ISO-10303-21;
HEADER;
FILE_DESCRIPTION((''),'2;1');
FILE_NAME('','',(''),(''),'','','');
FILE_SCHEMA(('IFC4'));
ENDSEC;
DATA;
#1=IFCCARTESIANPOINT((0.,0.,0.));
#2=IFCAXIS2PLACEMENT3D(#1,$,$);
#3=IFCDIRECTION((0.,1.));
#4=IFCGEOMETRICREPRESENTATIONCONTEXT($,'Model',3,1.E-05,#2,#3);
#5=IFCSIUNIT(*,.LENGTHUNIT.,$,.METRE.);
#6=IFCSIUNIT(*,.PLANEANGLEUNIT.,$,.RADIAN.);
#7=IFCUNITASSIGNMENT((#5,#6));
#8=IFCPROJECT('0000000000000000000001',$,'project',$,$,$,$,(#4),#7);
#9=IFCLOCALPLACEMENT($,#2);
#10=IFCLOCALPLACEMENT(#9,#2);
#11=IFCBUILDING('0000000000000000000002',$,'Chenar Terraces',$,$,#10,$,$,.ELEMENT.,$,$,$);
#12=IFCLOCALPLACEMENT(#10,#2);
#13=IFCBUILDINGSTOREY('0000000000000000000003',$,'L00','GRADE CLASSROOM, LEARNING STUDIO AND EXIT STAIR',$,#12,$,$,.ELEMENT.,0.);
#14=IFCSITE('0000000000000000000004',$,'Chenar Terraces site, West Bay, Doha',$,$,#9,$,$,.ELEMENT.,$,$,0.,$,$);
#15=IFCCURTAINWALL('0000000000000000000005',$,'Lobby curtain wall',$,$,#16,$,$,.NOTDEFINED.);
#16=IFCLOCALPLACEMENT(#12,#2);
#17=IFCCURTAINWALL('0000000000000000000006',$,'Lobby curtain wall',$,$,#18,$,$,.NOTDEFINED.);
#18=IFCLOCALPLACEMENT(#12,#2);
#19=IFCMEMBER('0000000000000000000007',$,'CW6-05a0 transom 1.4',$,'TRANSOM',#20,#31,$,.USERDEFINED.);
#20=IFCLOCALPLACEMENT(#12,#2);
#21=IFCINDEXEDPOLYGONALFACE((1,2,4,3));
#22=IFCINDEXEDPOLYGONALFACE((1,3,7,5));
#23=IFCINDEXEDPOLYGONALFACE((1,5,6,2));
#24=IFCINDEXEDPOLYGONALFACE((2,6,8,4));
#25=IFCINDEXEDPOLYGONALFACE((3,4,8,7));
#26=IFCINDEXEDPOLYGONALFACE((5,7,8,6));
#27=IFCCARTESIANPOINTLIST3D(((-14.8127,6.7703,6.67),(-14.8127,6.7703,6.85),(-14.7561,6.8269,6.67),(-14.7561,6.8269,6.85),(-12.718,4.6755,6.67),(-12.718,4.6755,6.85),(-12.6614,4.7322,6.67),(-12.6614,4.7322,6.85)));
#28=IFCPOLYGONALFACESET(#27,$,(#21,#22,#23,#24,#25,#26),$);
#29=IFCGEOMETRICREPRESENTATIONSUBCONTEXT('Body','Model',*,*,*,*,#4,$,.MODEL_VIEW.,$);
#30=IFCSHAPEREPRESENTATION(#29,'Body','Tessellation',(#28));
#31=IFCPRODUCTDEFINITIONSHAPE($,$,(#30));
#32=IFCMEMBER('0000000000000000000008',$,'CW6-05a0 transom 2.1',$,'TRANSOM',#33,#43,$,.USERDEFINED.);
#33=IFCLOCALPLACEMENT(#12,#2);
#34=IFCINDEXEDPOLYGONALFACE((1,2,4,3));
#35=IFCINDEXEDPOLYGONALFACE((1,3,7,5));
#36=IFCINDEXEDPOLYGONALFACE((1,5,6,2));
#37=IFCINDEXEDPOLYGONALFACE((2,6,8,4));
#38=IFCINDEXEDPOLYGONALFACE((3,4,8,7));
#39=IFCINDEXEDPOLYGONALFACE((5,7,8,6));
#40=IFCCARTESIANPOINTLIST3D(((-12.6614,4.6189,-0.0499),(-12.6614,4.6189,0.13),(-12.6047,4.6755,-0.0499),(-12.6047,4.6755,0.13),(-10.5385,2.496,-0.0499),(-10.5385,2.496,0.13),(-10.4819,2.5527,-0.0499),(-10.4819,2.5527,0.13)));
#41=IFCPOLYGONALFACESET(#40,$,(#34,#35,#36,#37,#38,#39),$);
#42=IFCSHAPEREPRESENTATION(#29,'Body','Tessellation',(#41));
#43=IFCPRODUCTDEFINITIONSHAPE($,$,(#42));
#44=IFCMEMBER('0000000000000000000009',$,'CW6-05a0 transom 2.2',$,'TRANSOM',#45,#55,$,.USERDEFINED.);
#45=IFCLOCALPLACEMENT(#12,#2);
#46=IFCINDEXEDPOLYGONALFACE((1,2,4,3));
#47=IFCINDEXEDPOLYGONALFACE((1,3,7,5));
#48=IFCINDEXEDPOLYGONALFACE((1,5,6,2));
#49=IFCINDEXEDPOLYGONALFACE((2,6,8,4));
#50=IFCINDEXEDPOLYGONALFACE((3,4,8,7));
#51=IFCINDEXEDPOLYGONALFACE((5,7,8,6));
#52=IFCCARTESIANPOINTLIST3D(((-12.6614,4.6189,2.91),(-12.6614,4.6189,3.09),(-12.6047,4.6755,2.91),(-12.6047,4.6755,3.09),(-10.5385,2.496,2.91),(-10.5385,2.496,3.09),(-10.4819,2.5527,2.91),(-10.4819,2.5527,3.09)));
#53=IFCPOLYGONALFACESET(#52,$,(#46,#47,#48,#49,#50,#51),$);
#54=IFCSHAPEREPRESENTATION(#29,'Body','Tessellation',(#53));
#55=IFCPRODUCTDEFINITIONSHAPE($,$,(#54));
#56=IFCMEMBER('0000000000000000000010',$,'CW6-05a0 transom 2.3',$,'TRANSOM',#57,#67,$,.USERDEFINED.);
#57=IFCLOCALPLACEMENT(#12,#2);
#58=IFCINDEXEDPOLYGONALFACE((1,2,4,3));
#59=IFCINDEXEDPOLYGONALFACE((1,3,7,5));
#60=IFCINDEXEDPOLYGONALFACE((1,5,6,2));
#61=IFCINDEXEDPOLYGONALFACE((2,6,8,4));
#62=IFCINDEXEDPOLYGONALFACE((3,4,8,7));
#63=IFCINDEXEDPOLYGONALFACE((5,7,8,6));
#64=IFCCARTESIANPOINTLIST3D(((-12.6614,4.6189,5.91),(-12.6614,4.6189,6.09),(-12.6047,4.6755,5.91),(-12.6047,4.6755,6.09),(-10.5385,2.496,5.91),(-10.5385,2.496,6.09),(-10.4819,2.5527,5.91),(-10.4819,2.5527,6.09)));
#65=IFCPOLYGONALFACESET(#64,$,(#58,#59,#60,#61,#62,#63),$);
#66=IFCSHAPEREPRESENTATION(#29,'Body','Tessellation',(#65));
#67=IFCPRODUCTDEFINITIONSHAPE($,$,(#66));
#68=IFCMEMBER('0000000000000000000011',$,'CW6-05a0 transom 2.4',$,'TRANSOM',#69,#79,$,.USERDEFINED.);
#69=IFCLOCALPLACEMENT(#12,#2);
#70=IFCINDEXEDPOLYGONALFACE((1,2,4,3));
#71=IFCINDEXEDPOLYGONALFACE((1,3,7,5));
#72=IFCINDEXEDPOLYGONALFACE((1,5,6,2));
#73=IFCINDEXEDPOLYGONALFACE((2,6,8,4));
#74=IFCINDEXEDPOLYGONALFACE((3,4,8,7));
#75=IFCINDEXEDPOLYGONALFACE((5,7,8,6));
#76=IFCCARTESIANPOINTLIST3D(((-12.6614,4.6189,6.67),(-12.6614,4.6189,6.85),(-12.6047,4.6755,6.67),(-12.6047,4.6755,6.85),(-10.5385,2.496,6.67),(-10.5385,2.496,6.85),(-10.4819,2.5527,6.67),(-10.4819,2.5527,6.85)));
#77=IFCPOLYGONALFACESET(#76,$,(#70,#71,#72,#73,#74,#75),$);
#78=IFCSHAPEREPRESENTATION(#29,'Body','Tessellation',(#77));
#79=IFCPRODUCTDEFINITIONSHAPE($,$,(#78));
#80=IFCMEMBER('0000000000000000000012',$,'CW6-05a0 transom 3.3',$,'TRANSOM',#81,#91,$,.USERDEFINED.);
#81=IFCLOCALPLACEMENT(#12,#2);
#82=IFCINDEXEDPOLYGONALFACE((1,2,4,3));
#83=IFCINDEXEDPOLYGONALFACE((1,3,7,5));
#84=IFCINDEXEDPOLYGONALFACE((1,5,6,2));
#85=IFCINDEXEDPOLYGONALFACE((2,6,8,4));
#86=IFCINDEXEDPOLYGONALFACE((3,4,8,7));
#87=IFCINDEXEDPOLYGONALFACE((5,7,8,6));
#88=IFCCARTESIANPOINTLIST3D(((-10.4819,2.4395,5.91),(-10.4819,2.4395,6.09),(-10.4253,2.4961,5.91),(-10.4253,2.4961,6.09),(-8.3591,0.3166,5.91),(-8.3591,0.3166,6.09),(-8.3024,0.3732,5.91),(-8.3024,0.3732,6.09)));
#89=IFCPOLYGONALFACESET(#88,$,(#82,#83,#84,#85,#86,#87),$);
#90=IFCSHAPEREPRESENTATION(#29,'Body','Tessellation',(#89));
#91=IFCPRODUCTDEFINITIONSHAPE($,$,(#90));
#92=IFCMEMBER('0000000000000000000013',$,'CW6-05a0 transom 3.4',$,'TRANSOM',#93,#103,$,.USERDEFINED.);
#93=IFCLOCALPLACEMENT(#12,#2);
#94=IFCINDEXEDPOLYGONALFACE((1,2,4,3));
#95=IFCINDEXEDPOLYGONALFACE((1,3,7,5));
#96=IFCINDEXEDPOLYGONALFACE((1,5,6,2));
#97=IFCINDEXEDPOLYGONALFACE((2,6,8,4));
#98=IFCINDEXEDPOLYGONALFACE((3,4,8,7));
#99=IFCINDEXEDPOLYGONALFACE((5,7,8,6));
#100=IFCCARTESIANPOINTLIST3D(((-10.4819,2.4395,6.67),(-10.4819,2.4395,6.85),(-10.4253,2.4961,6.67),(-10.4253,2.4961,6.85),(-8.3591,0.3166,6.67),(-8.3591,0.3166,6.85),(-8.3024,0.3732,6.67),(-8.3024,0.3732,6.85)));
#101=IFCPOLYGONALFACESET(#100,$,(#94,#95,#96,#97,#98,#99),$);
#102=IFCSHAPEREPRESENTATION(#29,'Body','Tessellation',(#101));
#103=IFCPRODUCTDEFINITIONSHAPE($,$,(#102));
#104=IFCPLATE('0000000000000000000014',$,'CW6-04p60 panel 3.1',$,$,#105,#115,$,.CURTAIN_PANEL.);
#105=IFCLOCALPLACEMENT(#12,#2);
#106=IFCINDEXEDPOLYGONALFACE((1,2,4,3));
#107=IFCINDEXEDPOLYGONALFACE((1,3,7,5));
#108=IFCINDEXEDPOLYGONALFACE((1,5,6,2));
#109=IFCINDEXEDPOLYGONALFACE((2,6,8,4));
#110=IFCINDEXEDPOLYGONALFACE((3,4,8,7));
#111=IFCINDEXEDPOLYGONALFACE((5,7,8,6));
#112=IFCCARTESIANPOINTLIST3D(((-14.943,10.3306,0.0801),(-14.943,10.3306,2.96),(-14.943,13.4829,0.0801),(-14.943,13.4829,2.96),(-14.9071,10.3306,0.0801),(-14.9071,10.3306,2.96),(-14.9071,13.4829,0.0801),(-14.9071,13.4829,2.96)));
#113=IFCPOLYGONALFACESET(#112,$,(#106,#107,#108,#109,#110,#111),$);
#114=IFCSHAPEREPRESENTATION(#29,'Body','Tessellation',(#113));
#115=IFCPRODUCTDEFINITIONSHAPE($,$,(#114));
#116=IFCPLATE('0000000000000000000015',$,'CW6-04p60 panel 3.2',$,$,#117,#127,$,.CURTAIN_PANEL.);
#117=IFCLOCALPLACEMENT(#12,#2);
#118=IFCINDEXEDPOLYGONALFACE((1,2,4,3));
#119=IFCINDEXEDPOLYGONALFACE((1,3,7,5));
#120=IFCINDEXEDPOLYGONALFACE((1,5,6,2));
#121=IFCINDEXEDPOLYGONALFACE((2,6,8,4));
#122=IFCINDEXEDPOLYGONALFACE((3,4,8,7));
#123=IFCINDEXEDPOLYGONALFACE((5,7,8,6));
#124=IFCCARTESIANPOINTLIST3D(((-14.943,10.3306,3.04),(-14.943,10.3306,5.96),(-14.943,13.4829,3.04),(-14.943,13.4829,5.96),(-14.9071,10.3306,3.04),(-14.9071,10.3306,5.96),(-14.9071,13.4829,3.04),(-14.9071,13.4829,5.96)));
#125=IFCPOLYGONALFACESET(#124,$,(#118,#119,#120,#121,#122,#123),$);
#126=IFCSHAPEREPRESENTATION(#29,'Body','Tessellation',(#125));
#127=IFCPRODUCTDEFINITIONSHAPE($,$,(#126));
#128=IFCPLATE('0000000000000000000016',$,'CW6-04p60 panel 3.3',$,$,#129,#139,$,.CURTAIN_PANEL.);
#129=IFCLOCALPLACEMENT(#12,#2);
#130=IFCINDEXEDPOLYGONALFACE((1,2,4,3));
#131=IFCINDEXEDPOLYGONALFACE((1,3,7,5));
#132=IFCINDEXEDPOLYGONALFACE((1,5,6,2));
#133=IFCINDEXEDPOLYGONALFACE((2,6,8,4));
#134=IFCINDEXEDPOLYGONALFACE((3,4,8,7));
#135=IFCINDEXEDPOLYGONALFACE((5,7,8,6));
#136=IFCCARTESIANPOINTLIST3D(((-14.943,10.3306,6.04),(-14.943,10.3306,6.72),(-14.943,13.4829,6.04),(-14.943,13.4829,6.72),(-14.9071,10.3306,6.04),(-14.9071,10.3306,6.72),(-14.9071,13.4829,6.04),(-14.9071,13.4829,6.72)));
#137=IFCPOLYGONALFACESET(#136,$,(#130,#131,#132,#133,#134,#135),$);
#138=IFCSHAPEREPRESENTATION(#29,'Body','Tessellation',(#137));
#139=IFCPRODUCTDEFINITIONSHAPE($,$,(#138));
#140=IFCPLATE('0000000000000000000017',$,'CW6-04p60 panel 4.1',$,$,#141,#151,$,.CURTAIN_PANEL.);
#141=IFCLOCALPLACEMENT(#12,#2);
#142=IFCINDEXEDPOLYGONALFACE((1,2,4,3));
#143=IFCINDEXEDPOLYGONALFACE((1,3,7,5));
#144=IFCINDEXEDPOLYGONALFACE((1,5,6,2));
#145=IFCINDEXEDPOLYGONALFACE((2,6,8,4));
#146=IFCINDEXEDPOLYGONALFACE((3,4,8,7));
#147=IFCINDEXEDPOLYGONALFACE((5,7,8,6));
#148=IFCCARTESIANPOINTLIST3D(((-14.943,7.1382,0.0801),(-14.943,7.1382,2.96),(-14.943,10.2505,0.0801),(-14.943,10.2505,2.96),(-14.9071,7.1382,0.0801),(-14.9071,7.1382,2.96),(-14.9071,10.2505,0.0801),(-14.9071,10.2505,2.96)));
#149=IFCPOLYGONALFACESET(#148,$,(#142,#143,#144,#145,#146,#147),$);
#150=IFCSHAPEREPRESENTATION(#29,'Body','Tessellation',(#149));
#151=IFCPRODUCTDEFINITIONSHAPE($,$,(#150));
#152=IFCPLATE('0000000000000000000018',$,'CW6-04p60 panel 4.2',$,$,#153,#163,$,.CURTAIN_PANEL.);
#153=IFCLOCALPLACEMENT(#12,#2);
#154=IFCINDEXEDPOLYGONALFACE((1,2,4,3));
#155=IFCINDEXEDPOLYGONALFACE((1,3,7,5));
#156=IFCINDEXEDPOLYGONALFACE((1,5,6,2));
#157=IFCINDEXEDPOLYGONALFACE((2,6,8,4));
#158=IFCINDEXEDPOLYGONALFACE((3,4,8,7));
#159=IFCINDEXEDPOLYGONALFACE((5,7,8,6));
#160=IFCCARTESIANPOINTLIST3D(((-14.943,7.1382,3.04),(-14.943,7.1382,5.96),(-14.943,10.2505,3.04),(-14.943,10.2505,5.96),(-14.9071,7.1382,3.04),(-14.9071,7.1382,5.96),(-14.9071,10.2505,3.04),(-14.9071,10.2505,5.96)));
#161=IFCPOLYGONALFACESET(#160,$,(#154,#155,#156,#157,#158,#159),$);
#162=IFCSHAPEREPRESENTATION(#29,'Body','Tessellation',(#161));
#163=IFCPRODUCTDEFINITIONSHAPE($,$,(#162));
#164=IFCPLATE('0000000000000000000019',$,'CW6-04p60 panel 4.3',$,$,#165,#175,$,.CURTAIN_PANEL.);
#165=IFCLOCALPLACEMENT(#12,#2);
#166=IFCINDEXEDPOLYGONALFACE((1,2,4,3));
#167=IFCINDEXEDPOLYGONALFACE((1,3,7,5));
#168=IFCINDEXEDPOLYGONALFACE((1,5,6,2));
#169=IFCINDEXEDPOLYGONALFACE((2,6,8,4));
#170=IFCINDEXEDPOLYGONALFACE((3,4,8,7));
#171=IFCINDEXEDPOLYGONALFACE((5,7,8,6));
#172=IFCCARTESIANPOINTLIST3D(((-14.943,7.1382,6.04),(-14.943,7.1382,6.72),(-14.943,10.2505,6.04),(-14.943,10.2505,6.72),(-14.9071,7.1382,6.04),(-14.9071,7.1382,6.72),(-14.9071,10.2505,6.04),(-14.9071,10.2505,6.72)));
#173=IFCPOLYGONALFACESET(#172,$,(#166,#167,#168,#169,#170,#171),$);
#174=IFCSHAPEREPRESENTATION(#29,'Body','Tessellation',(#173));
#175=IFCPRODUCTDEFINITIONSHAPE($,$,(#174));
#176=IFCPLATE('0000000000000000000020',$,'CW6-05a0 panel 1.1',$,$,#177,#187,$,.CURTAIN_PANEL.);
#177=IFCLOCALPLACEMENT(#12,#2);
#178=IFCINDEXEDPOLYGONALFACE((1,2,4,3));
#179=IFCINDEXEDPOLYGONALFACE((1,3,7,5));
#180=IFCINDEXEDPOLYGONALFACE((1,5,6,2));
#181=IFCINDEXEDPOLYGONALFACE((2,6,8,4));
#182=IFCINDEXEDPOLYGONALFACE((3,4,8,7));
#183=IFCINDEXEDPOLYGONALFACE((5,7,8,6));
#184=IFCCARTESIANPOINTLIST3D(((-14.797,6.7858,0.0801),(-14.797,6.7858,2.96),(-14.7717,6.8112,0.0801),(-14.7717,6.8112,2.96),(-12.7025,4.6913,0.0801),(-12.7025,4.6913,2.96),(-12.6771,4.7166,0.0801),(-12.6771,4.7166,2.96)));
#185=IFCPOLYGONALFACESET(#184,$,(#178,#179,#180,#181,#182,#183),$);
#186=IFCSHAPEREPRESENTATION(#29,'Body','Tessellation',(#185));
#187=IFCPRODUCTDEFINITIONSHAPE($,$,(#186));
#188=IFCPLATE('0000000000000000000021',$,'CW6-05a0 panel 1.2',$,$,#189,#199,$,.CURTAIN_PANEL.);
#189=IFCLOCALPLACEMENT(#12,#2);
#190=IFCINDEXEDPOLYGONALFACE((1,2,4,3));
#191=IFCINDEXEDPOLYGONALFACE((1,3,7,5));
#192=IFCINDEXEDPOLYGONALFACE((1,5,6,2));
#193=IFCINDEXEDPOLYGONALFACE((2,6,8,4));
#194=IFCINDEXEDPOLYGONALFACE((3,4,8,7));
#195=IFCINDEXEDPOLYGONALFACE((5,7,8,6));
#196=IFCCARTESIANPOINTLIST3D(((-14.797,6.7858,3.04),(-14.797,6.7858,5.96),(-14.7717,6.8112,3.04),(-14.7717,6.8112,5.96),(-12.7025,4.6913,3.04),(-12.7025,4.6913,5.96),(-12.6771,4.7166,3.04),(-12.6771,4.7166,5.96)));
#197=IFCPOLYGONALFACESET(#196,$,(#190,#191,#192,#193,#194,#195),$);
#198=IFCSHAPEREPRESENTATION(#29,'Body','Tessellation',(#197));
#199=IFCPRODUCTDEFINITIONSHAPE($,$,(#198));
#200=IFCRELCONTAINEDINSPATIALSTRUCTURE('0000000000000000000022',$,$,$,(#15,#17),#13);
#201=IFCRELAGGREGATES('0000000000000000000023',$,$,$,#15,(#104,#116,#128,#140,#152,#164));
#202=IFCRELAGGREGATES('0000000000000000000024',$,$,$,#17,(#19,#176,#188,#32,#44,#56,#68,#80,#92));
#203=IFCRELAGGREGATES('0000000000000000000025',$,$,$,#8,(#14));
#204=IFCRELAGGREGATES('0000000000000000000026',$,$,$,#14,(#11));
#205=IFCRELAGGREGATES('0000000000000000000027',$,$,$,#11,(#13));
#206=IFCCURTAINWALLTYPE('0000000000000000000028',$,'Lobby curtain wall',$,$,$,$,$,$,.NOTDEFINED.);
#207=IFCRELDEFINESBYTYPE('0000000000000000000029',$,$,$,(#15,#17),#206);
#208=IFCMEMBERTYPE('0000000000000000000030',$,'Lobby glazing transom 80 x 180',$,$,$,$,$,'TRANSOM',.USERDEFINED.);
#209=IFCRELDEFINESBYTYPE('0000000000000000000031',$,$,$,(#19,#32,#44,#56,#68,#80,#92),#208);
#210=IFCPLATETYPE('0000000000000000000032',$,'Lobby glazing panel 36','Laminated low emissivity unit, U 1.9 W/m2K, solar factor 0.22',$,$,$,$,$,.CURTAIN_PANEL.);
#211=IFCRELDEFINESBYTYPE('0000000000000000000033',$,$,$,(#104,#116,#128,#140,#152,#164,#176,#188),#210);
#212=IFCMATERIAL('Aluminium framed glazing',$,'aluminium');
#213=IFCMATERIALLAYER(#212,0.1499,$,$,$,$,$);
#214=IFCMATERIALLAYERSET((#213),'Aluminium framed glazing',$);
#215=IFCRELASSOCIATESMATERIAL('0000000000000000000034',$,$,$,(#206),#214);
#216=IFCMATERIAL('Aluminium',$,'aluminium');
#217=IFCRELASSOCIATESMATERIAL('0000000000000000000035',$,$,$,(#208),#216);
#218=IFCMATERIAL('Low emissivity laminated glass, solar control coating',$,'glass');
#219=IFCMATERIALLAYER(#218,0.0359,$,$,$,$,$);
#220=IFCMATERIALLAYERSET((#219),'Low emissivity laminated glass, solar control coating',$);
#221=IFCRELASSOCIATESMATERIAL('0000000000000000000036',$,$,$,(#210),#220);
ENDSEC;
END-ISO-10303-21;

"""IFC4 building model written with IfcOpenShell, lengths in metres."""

from ifc_helpers import new_model, si_unit, direction, frame, origin, origin_2d, place, context, subcontext, project, spatial, rectangle, extrude, material, layer, layer_set, material_profile, profile_set, type_object, element, aggregate, save


model = new_model("IFC4")

# Units and contexts
model_context = context("Model", 3, precision=1e-05, world=origin(), true_north=direction((0.0, 1.0)))
body_context = subcontext(model_context, "Body", "Model", "MODEL_VIEW")
ifc_project = project(units=[si_unit("LENGTHUNIT", "METRE"), si_unit("PLANEANGLEUNIT", "RADIAN")], contexts=[model_context])

# Site, building, storey
site_placement = place(None, origin())
site = spatial("IfcSite", under=ifc_project, at=site_placement, Name="Chenar Terraces site, West Bay, Doha", CompositionType="ELEMENT", RefElevation=0.0)
building_placement = place(site_placement, origin())
building = spatial("IfcBuilding", under=site, at=building_placement, Name="Chenar Terraces", CompositionType="ELEMENT")
storey_placement = place(building_placement, origin())
storey = spatial("IfcBuildingStorey", under=building, at=storey_placement, Name="L00", Description="GRADE CLASSROOM, LEARNING STUDIO AND EXIT STAIR", CompositionType="ELEMENT", Elevation=0.0)

# Curtain walls
ifc_material_1 = material(Name="Aluminium framed glazing", Category="aluminium")
ifc_layer_1 = layer(ifc_material_1, 0.1499)
ifc_layer_set_1 = layer_set([ifc_layer_1], Name="Aluminium framed glazing")
curtain_wall_type = type_object("IfcCurtainWallType", Name="Lobby curtain wall", PredefinedType="NOTDEFINED", material=ifc_layer_set_1)
placement = place(storey_placement, origin())
curtain_wall_1 = element("IfcCurtainWall", 1, at=placement, inside=storey, type_object=curtain_wall_type, Name="Lobby curtain wall", PredefinedType="NOTDEFINED")
curtain_wall_2 = element("IfcCurtainWall", 2, at=placement, inside=storey, type_object=curtain_wall_type, Name="Lobby curtain wall", PredefinedType="NOTDEFINED")

# Members
ifc_material_2 = material(Name="Aluminium", Category="aluminium")
ifc_material_profile_1 = material_profile(ifc_material_2, rectangle(XDim=0.0801, YDim=0.1799, at=origin_2d()), Name="Lobby glazing transom 80 x 180")
ifc_profile_set_1 = profile_set([ifc_material_profile_1], Name="Aluminium")
member_type_1 = type_object("IfcMemberType", Name="Lobby glazing transom 80 x 180", ElementType="TRANSOM", PredefinedType="USERDEFINED", material=ifc_profile_set_1)
member_1_placement = place(storey_placement, frame((-14.7844, 6.7986, 6.76), z_axis=(0.707107, -0.707107, 0.0), x_axis=(0.707107, 0.707107, 0.0)))
member_1 = element("IfcMember", 3, at=member_1_placement, type_object=member_type_1, Name="CW6-05a0 transom 1.4", ObjectType="TRANSOM", PredefinedType="USERDEFINED", context=body_context, shape_type="SweptSolid", body=[
    extrude(rectangle(XDim=0.0801, YDim=0.1799, at=origin_2d()), origin(), (0.0, 0.0, 1.0), 2.9624),
])
member_2_placement = place(storey_placement, frame((-12.6331, 4.6472, 0.04), z_axis=(0.707107, -0.707107, 0.0), x_axis=(0.707107, 0.707107, 0.0)))
member_2 = element("IfcMember", 4, at=member_2_placement, type_object=member_type_1, Name="CW6-05a0 transom 2.1", ObjectType="TRANSOM", PredefinedType="USERDEFINED", context=body_context, shape_type="SweptSolid", body=[
    extrude(rectangle(XDim=0.0801, YDim=0.1799, at=origin_2d()), origin(), (0.0, 0.0, 1.0), 3.0022),
])
member_3_placement = place(storey_placement, frame((-12.6331, 4.6472, 3.0), z_axis=(0.707107, -0.707107, 0.0), x_axis=(0.707107, 0.707107, 0.0)))
member_3 = element("IfcMember", 5, at=member_3_placement, type_object=member_type_1, Name="CW6-05a0 transom 2.2", ObjectType="TRANSOM", PredefinedType="USERDEFINED", context=body_context, shape_type="SweptSolid", body=[
    extrude(rectangle(XDim=0.0801, YDim=0.1799, at=origin_2d()), origin(), (0.0, 0.0, 1.0), 3.0022),
])
member_4_placement = place(storey_placement, frame((-12.6331, 4.6472, 6.0), z_axis=(0.707107, -0.707107, 0.0), x_axis=(0.707107, 0.707107, 0.0)))
member_4 = element("IfcMember", 6, at=member_4_placement, type_object=member_type_1, Name="CW6-05a0 transom 2.3", ObjectType="TRANSOM", PredefinedType="USERDEFINED", context=body_context, shape_type="SweptSolid", body=[
    extrude(rectangle(XDim=0.0801, YDim=0.1799, at=origin_2d()), origin(), (0.0, 0.0, 1.0), 3.0022),
])
member_5_placement = place(storey_placement, frame((-12.6331, 4.6472, 6.76), z_axis=(0.707107, -0.707107, 0.0), x_axis=(0.707107, 0.707107, 0.0)))
member_5 = element("IfcMember", 7, at=member_5_placement, type_object=member_type_1, Name="CW6-05a0 transom 2.4", ObjectType="TRANSOM", PredefinedType="USERDEFINED", context=body_context, shape_type="SweptSolid", body=[
    extrude(rectangle(XDim=0.0801, YDim=0.1799, at=origin_2d()), origin(), (0.0, 0.0, 1.0), 3.0022),
])
member_6_placement = place(storey_placement, frame((-10.4536, 2.4678, 6.0), z_axis=(0.707107, -0.707107, 0.0), x_axis=(0.707107, 0.707107, 0.0)))
member_6 = element("IfcMember", 8, at=member_6_placement, type_object=member_type_1, Name="CW6-05a0 transom 3.3", ObjectType="TRANSOM", PredefinedType="USERDEFINED", context=body_context, shape_type="SweptSolid", body=[
    extrude(rectangle(XDim=0.0801, YDim=0.1799, at=origin_2d()), origin(), (0.0, 0.0, 1.0), 3.0022),
])
member_7_placement = place(storey_placement, frame((-10.4536, 2.4678, 6.76), z_axis=(0.707107, -0.707107, 0.0), x_axis=(0.707107, 0.707107, 0.0)))
member_7 = element("IfcMember", 9, at=member_7_placement, type_object=member_type_1, Name="CW6-05a0 transom 3.4", ObjectType="TRANSOM", PredefinedType="USERDEFINED", context=body_context, shape_type="SweptSolid", body=[
    extrude(rectangle(XDim=0.0801, YDim=0.1799, at=origin_2d()), origin(), (0.0, 0.0, 1.0), 3.0022),
])

# Plates
ifc_material_3 = material(Name="Low emissivity laminated glass, solar control coating", Category="glass")
ifc_layer_2 = layer(ifc_material_3, 0.0359)
ifc_layer_set_2 = layer_set([ifc_layer_2], Name="Low emissivity laminated glass, solar control coating")
plate_type = type_object("IfcPlateType", Name="Lobby glazing panel 36", Description="Laminated low emissivity unit, U 1.9 W/m2K, solar factor 0.22", PredefinedType="CURTAIN_PANEL", material=ifc_layer_set_2)
plate_1_placement = place(storey_placement, frame((-14.925, 11.9067, 0.0801), z_axis=(0.0, 0.0, 1.0), x_axis=(0.0, -1.0, 0.0)))
plate_1 = element("IfcPlate", 10, at=plate_1_placement, type_object=plate_type, Name="CW6-04p60 panel 3.1", PredefinedType="CURTAIN_PANEL", context=body_context, shape_type="SweptSolid", body=[
    extrude(rectangle(XDim=3.1523, YDim=0.0359, at=origin_2d()), origin(), (0.0, 0.0, 1.0), 2.8799),
])
plate_2_placement = place(storey_placement, frame((-14.925, 11.9067, 3.04), z_axis=(0.0, 0.0, 1.0), x_axis=(0.0, -1.0, 0.0)))
plate_2 = element("IfcPlate", 11, at=plate_2_placement, type_object=plate_type, Name="CW6-04p60 panel 3.2", PredefinedType="CURTAIN_PANEL", context=body_context, shape_type="SweptSolid", body=[
    extrude(rectangle(XDim=3.1523, YDim=0.0359, at=origin_2d()), origin(), (0.0, 0.0, 1.0), 2.9199),
])
plate_3_placement = place(storey_placement, frame((-14.925, 11.9067, 6.04), z_axis=(0.0, 0.0, 1.0), x_axis=(0.0, -1.0, 0.0)))
plate_3 = element("IfcPlate", 12, at=plate_3_placement, type_object=plate_type, Name="CW6-04p60 panel 3.3", PredefinedType="CURTAIN_PANEL", context=body_context, shape_type="SweptSolid", body=[
    extrude(rectangle(XDim=3.1523, YDim=0.0359, at=origin_2d()), origin(), (0.0, 0.0, 1.0), 0.6799),
])
plate_4_placement = place(storey_placement, frame((-14.925, 8.6943, 0.0801), z_axis=(0.0, 0.0, 1.0), x_axis=(0.0, -1.0, 0.0)))
plate_4 = element("IfcPlate", 13, at=plate_4_placement, type_object=plate_type, Name="CW6-04p60 panel 4.1", PredefinedType="CURTAIN_PANEL", context=body_context, shape_type="SweptSolid", body=[
    extrude(rectangle(XDim=3.1123, YDim=0.0359, at=origin_2d()), origin(), (0.0, 0.0, 1.0), 2.8799),
])
plate_5_placement = place(storey_placement, frame((-14.925, 8.6943, 3.04), z_axis=(0.0, 0.0, 1.0), x_axis=(0.0, -1.0, 0.0)))
plate_5 = element("IfcPlate", 14, at=plate_5_placement, type_object=plate_type, Name="CW6-04p60 panel 4.2", PredefinedType="CURTAIN_PANEL", context=body_context, shape_type="SweptSolid", body=[
    extrude(rectangle(XDim=3.1123, YDim=0.0359, at=origin_2d()), origin(), (0.0, 0.0, 1.0), 2.9199),
])
plate_6_placement = place(storey_placement, frame((-14.925, 8.6943, 6.04), z_axis=(0.0, 0.0, 1.0), x_axis=(0.0, -1.0, 0.0)))
plate_6 = element("IfcPlate", 15, at=plate_6_placement, type_object=plate_type, Name="CW6-04p60 panel 4.3", PredefinedType="CURTAIN_PANEL", context=body_context, shape_type="SweptSolid", body=[
    extrude(rectangle(XDim=3.1123, YDim=0.0359, at=origin_2d()), origin(), (0.0, 0.0, 1.0), 0.6799),
])
aggregate(curtain_wall_1, [plate_1, plate_2, plate_3, plate_4, plate_5, plate_6])
plate_7_placement = place(storey_placement, frame((-13.7371, 5.7512, 0.0801), z_axis=(0.0, 0.0, 1.0), x_axis=(0.707107, -0.707107, 0.0)))
plate_7 = element("IfcPlate", 16, at=plate_7_placement, type_object=plate_type, Name="CW6-05a0 panel 1.1", PredefinedType="CURTAIN_PANEL", context=body_context, shape_type="SweptSolid", body=[
    extrude(rectangle(XDim=2.9622, YDim=0.0359, at=origin_2d()), origin(), (0.0, 0.0, 1.0), 2.8799),
])
plate_8_placement = place(storey_placement, frame((-13.7371, 5.7512, 3.04), z_axis=(0.0, 0.0, 1.0), x_axis=(0.707107, -0.707107, 0.0)))
plate_8 = element("IfcPlate", 17, at=plate_8_placement, type_object=plate_type, Name="CW6-05a0 panel 1.2", PredefinedType="CURTAIN_PANEL", context=body_context, shape_type="SweptSolid", body=[
    extrude(rectangle(XDim=2.9622, YDim=0.0359, at=origin_2d()), origin(), (0.0, 0.0, 1.0), 2.9199),
])
aggregate(curtain_wall_2, [member_1, plate_7, plate_8, member_2, member_3, member_4, member_5, member_6, member_7])

save(model, "model.ifc")
